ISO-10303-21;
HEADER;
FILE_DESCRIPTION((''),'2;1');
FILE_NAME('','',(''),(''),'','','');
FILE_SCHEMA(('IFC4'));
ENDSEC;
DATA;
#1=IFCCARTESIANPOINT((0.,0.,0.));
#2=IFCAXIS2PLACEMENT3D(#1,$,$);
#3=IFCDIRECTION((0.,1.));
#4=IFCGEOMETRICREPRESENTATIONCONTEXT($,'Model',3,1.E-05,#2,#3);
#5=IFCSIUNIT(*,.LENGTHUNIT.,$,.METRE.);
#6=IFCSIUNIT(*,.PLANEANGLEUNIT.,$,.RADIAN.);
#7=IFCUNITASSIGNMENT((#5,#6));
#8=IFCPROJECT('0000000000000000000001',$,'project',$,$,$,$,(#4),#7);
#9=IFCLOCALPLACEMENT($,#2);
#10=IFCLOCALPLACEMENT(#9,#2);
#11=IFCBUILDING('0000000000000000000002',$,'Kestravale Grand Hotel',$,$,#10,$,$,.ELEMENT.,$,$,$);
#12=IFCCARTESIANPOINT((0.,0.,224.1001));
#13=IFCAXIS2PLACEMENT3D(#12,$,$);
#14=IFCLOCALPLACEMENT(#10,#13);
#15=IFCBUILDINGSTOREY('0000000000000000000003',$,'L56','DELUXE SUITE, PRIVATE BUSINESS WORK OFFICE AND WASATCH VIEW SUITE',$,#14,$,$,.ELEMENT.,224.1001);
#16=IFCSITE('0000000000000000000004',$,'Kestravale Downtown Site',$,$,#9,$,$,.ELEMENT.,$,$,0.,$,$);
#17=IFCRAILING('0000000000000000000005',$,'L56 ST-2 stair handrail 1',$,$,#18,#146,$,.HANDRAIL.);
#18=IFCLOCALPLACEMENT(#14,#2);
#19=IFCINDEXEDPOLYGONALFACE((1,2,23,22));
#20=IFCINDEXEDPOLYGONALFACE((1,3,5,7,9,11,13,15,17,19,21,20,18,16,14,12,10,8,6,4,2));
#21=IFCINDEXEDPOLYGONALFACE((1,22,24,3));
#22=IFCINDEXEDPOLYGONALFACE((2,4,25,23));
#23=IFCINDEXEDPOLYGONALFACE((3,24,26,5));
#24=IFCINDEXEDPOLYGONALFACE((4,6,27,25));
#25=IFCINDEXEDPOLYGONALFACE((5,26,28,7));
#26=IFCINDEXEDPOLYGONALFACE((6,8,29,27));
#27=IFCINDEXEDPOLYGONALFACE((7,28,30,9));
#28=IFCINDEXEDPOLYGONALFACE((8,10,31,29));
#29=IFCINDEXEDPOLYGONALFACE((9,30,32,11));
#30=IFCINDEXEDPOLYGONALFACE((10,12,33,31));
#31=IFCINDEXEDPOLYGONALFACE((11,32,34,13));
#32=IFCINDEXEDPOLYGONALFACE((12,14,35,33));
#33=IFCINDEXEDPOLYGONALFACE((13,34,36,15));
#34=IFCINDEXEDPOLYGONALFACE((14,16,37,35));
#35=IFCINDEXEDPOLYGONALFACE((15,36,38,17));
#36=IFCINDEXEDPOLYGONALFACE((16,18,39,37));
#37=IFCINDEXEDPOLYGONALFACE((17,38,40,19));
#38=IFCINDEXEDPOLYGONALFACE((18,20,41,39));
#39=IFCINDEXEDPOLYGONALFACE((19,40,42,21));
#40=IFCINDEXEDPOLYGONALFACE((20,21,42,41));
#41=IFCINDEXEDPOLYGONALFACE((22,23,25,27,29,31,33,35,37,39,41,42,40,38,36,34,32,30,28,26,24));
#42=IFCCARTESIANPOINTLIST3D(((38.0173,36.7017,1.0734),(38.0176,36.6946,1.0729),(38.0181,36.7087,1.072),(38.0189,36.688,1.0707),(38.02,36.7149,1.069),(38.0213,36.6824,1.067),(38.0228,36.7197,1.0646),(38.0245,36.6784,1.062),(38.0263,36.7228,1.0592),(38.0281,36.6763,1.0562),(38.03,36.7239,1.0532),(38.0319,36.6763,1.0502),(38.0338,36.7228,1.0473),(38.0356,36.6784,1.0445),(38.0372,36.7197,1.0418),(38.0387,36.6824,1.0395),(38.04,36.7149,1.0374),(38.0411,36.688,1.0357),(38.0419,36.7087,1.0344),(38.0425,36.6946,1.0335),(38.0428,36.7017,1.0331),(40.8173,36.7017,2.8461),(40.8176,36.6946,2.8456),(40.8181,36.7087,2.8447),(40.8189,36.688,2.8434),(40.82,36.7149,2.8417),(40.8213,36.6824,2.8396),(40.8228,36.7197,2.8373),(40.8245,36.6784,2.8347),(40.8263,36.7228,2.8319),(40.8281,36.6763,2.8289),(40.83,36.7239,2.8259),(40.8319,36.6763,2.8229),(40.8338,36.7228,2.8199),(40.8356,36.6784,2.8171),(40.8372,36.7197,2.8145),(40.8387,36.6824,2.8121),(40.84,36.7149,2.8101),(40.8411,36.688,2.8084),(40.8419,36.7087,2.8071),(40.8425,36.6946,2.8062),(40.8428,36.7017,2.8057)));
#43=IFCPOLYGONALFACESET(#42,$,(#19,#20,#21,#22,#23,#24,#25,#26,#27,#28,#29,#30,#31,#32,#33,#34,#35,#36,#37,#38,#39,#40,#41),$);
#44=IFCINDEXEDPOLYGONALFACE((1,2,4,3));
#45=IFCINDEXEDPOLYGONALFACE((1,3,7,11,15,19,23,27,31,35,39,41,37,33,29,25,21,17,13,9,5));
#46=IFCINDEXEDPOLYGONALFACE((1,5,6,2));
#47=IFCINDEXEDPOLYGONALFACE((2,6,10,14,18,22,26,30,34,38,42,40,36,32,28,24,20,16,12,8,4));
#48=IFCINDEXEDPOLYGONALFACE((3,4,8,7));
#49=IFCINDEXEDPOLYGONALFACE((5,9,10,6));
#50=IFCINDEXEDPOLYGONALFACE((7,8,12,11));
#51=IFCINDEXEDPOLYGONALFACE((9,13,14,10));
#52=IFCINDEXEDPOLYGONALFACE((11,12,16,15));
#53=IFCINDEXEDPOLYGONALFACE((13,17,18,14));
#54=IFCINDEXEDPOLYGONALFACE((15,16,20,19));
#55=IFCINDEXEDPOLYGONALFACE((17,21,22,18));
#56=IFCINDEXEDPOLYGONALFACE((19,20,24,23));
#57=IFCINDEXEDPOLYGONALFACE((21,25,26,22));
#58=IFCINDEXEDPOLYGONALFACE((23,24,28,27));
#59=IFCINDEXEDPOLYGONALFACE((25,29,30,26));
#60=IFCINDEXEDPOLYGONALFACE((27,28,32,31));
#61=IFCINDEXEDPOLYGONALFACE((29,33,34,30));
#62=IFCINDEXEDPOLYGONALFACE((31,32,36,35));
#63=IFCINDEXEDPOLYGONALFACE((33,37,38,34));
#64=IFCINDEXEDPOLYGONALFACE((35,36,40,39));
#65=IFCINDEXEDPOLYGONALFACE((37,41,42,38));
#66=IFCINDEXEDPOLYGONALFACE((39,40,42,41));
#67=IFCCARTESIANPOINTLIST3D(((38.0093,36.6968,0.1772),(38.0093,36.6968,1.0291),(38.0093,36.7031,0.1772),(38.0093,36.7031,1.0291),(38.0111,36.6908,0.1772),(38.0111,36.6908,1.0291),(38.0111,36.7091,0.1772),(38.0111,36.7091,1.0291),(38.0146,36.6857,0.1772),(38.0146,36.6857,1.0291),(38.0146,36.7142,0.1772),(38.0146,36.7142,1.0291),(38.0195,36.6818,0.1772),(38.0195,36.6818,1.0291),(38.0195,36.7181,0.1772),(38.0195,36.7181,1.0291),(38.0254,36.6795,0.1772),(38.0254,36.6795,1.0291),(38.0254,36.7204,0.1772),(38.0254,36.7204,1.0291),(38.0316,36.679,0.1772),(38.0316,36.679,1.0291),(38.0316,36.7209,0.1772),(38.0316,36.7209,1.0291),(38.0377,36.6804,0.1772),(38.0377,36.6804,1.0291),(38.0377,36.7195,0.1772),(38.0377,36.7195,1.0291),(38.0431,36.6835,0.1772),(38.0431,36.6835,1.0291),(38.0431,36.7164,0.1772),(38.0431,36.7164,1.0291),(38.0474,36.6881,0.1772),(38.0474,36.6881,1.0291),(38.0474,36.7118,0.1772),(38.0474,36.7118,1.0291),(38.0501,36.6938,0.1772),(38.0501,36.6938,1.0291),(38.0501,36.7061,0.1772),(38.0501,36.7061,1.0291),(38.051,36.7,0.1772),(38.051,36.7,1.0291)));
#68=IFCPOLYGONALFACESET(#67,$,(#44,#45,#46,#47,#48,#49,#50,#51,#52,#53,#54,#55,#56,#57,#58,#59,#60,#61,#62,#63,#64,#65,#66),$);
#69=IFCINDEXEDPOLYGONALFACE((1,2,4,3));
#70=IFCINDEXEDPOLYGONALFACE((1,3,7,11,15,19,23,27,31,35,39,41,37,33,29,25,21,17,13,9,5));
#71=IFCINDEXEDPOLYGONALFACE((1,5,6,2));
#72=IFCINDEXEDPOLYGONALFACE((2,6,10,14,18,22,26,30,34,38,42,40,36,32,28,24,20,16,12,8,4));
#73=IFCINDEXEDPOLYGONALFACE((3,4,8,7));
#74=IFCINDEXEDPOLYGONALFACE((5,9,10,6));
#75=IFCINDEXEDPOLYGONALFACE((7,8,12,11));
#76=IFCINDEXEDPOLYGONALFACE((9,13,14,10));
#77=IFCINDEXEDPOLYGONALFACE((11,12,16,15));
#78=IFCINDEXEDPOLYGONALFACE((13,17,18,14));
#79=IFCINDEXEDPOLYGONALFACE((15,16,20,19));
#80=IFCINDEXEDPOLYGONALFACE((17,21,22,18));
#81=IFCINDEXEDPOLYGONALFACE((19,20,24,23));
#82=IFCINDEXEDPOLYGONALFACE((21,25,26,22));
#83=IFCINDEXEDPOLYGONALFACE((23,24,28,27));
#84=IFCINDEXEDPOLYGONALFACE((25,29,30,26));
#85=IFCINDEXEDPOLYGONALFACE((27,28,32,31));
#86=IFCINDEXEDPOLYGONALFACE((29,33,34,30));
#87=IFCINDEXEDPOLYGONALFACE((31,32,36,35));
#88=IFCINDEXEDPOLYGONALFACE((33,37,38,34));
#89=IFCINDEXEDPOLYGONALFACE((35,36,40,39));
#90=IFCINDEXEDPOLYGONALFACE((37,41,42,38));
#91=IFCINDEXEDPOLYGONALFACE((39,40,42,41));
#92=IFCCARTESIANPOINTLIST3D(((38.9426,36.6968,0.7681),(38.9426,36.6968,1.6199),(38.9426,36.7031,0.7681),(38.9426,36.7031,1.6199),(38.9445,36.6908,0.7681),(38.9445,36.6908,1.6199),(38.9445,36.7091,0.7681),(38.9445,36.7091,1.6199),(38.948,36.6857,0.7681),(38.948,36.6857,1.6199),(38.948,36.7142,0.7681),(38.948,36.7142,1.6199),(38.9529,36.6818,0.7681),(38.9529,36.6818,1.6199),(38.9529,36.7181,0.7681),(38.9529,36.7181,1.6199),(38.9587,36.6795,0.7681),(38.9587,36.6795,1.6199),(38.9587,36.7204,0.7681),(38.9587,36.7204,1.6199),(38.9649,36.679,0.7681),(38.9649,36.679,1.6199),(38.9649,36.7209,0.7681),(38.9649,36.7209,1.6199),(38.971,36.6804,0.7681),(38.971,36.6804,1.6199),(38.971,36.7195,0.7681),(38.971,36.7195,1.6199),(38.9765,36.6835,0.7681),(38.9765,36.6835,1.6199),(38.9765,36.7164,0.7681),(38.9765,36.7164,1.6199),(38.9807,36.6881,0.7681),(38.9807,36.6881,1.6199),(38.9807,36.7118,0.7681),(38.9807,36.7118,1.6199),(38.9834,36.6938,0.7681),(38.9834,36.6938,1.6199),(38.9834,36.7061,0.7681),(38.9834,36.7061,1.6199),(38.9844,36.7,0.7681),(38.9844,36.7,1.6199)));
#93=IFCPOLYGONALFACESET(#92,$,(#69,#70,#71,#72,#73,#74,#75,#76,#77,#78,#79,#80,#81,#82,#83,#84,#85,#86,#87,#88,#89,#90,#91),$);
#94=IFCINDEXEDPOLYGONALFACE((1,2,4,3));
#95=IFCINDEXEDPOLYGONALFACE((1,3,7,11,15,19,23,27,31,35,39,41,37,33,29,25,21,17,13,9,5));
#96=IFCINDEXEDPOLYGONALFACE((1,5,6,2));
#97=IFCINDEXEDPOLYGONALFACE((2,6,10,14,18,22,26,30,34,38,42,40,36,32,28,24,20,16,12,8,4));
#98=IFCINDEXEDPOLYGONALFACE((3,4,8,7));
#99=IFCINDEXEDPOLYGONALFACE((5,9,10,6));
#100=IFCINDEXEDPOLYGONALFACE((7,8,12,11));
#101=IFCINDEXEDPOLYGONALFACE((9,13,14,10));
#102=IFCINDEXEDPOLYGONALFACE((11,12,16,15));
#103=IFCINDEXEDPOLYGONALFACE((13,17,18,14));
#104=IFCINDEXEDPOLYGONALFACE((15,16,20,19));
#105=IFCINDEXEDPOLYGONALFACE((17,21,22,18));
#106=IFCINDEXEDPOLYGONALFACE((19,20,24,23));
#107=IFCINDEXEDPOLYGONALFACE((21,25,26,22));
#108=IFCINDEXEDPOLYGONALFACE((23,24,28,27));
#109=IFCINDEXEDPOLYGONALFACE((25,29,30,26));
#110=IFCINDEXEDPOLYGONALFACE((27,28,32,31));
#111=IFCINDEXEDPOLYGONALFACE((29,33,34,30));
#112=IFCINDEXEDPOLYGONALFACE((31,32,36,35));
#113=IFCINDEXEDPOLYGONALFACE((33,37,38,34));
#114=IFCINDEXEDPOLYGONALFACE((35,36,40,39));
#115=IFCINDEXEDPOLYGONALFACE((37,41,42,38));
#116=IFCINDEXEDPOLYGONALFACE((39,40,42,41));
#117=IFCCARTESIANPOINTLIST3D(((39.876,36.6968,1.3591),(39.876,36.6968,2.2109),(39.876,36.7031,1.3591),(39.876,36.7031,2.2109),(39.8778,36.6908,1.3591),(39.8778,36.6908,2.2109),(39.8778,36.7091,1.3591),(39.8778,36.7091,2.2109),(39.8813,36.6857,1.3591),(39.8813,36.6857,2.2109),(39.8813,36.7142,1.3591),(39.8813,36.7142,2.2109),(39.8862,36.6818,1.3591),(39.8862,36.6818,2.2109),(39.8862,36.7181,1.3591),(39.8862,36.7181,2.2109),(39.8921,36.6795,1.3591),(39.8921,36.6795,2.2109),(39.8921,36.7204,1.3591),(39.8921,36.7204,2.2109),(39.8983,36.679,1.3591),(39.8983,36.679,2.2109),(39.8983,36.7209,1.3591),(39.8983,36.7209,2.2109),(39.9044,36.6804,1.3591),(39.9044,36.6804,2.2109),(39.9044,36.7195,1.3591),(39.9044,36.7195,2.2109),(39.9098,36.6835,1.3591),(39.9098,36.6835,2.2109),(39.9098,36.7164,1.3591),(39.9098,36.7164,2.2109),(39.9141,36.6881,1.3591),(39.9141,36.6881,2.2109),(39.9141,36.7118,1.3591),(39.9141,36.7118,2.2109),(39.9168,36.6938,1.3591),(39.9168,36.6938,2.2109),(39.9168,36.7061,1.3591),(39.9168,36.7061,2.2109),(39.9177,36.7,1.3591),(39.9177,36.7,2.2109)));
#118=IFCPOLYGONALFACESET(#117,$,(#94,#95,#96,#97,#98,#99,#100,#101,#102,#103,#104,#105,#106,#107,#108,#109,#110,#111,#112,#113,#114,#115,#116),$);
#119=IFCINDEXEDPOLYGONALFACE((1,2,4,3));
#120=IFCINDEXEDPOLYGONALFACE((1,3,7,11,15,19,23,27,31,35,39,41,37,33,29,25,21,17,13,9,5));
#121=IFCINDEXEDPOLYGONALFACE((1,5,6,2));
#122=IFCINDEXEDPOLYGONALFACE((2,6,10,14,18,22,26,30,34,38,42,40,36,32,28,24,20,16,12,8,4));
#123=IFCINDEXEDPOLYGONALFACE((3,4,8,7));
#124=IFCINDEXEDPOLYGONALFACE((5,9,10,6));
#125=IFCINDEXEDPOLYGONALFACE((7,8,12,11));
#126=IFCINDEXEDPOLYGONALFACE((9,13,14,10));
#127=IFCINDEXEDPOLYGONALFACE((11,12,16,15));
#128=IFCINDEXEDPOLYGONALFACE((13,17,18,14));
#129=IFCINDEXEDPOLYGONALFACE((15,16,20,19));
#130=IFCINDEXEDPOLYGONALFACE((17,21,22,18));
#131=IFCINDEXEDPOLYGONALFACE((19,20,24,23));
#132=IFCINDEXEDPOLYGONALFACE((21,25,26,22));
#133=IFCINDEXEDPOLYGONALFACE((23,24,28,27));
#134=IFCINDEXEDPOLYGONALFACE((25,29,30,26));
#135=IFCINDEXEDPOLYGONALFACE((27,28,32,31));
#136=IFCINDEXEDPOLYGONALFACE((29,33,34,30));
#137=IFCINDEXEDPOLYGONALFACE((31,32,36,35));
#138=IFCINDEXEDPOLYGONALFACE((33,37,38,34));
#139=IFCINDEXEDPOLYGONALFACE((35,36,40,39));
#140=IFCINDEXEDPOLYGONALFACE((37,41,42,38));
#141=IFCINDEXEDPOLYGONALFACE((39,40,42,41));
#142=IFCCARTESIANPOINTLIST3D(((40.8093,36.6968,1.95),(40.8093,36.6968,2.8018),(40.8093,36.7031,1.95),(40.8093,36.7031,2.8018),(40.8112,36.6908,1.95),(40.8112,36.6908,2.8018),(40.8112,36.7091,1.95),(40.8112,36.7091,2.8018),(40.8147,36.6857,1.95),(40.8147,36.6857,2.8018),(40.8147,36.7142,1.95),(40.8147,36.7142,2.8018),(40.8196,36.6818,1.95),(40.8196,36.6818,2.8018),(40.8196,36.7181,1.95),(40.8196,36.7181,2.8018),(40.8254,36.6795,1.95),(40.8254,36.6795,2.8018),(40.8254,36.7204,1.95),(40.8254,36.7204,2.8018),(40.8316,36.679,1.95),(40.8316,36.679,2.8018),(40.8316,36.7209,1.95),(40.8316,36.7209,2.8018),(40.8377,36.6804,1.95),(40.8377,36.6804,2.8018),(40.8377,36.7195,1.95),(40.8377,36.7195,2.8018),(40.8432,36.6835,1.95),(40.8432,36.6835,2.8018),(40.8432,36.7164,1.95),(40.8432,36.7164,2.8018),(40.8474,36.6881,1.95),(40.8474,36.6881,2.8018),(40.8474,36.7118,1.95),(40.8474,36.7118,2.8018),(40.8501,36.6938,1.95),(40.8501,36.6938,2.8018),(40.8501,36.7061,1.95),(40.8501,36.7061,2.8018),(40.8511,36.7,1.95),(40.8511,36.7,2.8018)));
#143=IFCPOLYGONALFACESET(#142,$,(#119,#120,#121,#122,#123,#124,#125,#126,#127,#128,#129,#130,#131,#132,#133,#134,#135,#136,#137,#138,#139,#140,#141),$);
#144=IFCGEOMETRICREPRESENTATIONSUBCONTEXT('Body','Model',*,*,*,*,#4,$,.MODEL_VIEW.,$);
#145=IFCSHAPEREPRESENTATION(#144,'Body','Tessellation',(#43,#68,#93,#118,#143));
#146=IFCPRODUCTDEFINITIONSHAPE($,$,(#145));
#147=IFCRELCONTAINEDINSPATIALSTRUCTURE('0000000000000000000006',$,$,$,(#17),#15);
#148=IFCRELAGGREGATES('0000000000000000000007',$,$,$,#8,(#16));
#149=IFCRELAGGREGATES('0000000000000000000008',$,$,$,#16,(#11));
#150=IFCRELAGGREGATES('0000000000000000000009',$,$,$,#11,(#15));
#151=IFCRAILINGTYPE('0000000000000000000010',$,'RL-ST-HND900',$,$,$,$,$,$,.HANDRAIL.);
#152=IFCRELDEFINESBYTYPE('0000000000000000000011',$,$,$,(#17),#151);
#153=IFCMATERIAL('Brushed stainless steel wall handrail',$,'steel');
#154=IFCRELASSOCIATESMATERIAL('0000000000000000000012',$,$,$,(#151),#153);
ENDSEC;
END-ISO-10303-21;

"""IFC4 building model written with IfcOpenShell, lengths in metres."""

from ifc_helpers import new_model, si_unit, direction, frame, origin, origin_2d, place, context, subcontext, project, spatial, circle, extrude, material, type_object, element, save


model = new_model("IFC4")

# Units and contexts
model_context = context("Model", 3, precision=1e-05, world=origin(), true_north=direction((0.0, 1.0)))
body_context = subcontext(model_context, "Body", "Model", "MODEL_VIEW")
ifc_project = project(units=[si_unit("LENGTHUNIT", "METRE"), si_unit("PLANEANGLEUNIT", "RADIAN")], contexts=[model_context])

# Site, building, storey
site_placement = place(None, origin())
site = spatial("IfcSite", under=ifc_project, at=site_placement, Name="Kestravale Downtown Site", CompositionType="ELEMENT", RefElevation=0.0)
building_placement = place(site_placement, origin())
building = spatial("IfcBuilding", under=site, at=building_placement, Name="Kestravale Grand Hotel", CompositionType="ELEMENT")
storey_placement = place(building_placement, frame((0.0, 0.0, 224.1001)))
storey = spatial("IfcBuildingStorey", under=building, at=storey_placement, Name="L56", Description="DELUXE SUITE, PRIVATE BUSINESS WORK OFFICE AND WASATCH VIEW SUITE", CompositionType="ELEMENT", Elevation=224.1001)

# Railing
ifc_material_1 = material(Name="Brushed stainless steel wall handrail", Category="steel")
railing_type_1 = type_object("IfcRailingType", Name="RL-ST-HND900", PredefinedType="HANDRAIL", material=ifc_material_1)
railing_1_placement = place(storey_placement, frame((38.03, 36.7, 0.1772)))
element("IfcRailing", 1, at=railing_1_placement, inside=storey, type_object=railing_type_1, Name="L56 ST-2 stair handrail 1", PredefinedType="HANDRAIL", context=body_context, shape_type="SweptSolid", body=[
    extrude(circle(Radius=0.0239, at=origin_2d()), frame((0.0, 0.0, 0.876), z_axis=(0.844909, 0.0, 0.53491), x_axis=(0.0, 1.0, 0.0)), (0.0, 0.0, 1.0), 3.314),
    extrude(circle(Radius=0.021, at=origin_2d()), origin(), (0.0, 0.0, 1.0), 0.8518),
    extrude(circle(Radius=0.021, at=origin_2d()), frame((0.9333, 0.0, 0.5908)), (0.0, 0.0, 1.0), 0.8518),
    extrude(circle(Radius=0.021, at=origin_2d()), frame((1.8667, 0.0, 1.1819)), (0.0, 0.0, 1.0), 0.8518),
    extrude(circle(Radius=0.021, at=origin_2d()), frame((2.8, 0.0, 1.7727)), (0.0, 0.0, 1.0), 0.8518),
])

save(model, "model.ifc")
